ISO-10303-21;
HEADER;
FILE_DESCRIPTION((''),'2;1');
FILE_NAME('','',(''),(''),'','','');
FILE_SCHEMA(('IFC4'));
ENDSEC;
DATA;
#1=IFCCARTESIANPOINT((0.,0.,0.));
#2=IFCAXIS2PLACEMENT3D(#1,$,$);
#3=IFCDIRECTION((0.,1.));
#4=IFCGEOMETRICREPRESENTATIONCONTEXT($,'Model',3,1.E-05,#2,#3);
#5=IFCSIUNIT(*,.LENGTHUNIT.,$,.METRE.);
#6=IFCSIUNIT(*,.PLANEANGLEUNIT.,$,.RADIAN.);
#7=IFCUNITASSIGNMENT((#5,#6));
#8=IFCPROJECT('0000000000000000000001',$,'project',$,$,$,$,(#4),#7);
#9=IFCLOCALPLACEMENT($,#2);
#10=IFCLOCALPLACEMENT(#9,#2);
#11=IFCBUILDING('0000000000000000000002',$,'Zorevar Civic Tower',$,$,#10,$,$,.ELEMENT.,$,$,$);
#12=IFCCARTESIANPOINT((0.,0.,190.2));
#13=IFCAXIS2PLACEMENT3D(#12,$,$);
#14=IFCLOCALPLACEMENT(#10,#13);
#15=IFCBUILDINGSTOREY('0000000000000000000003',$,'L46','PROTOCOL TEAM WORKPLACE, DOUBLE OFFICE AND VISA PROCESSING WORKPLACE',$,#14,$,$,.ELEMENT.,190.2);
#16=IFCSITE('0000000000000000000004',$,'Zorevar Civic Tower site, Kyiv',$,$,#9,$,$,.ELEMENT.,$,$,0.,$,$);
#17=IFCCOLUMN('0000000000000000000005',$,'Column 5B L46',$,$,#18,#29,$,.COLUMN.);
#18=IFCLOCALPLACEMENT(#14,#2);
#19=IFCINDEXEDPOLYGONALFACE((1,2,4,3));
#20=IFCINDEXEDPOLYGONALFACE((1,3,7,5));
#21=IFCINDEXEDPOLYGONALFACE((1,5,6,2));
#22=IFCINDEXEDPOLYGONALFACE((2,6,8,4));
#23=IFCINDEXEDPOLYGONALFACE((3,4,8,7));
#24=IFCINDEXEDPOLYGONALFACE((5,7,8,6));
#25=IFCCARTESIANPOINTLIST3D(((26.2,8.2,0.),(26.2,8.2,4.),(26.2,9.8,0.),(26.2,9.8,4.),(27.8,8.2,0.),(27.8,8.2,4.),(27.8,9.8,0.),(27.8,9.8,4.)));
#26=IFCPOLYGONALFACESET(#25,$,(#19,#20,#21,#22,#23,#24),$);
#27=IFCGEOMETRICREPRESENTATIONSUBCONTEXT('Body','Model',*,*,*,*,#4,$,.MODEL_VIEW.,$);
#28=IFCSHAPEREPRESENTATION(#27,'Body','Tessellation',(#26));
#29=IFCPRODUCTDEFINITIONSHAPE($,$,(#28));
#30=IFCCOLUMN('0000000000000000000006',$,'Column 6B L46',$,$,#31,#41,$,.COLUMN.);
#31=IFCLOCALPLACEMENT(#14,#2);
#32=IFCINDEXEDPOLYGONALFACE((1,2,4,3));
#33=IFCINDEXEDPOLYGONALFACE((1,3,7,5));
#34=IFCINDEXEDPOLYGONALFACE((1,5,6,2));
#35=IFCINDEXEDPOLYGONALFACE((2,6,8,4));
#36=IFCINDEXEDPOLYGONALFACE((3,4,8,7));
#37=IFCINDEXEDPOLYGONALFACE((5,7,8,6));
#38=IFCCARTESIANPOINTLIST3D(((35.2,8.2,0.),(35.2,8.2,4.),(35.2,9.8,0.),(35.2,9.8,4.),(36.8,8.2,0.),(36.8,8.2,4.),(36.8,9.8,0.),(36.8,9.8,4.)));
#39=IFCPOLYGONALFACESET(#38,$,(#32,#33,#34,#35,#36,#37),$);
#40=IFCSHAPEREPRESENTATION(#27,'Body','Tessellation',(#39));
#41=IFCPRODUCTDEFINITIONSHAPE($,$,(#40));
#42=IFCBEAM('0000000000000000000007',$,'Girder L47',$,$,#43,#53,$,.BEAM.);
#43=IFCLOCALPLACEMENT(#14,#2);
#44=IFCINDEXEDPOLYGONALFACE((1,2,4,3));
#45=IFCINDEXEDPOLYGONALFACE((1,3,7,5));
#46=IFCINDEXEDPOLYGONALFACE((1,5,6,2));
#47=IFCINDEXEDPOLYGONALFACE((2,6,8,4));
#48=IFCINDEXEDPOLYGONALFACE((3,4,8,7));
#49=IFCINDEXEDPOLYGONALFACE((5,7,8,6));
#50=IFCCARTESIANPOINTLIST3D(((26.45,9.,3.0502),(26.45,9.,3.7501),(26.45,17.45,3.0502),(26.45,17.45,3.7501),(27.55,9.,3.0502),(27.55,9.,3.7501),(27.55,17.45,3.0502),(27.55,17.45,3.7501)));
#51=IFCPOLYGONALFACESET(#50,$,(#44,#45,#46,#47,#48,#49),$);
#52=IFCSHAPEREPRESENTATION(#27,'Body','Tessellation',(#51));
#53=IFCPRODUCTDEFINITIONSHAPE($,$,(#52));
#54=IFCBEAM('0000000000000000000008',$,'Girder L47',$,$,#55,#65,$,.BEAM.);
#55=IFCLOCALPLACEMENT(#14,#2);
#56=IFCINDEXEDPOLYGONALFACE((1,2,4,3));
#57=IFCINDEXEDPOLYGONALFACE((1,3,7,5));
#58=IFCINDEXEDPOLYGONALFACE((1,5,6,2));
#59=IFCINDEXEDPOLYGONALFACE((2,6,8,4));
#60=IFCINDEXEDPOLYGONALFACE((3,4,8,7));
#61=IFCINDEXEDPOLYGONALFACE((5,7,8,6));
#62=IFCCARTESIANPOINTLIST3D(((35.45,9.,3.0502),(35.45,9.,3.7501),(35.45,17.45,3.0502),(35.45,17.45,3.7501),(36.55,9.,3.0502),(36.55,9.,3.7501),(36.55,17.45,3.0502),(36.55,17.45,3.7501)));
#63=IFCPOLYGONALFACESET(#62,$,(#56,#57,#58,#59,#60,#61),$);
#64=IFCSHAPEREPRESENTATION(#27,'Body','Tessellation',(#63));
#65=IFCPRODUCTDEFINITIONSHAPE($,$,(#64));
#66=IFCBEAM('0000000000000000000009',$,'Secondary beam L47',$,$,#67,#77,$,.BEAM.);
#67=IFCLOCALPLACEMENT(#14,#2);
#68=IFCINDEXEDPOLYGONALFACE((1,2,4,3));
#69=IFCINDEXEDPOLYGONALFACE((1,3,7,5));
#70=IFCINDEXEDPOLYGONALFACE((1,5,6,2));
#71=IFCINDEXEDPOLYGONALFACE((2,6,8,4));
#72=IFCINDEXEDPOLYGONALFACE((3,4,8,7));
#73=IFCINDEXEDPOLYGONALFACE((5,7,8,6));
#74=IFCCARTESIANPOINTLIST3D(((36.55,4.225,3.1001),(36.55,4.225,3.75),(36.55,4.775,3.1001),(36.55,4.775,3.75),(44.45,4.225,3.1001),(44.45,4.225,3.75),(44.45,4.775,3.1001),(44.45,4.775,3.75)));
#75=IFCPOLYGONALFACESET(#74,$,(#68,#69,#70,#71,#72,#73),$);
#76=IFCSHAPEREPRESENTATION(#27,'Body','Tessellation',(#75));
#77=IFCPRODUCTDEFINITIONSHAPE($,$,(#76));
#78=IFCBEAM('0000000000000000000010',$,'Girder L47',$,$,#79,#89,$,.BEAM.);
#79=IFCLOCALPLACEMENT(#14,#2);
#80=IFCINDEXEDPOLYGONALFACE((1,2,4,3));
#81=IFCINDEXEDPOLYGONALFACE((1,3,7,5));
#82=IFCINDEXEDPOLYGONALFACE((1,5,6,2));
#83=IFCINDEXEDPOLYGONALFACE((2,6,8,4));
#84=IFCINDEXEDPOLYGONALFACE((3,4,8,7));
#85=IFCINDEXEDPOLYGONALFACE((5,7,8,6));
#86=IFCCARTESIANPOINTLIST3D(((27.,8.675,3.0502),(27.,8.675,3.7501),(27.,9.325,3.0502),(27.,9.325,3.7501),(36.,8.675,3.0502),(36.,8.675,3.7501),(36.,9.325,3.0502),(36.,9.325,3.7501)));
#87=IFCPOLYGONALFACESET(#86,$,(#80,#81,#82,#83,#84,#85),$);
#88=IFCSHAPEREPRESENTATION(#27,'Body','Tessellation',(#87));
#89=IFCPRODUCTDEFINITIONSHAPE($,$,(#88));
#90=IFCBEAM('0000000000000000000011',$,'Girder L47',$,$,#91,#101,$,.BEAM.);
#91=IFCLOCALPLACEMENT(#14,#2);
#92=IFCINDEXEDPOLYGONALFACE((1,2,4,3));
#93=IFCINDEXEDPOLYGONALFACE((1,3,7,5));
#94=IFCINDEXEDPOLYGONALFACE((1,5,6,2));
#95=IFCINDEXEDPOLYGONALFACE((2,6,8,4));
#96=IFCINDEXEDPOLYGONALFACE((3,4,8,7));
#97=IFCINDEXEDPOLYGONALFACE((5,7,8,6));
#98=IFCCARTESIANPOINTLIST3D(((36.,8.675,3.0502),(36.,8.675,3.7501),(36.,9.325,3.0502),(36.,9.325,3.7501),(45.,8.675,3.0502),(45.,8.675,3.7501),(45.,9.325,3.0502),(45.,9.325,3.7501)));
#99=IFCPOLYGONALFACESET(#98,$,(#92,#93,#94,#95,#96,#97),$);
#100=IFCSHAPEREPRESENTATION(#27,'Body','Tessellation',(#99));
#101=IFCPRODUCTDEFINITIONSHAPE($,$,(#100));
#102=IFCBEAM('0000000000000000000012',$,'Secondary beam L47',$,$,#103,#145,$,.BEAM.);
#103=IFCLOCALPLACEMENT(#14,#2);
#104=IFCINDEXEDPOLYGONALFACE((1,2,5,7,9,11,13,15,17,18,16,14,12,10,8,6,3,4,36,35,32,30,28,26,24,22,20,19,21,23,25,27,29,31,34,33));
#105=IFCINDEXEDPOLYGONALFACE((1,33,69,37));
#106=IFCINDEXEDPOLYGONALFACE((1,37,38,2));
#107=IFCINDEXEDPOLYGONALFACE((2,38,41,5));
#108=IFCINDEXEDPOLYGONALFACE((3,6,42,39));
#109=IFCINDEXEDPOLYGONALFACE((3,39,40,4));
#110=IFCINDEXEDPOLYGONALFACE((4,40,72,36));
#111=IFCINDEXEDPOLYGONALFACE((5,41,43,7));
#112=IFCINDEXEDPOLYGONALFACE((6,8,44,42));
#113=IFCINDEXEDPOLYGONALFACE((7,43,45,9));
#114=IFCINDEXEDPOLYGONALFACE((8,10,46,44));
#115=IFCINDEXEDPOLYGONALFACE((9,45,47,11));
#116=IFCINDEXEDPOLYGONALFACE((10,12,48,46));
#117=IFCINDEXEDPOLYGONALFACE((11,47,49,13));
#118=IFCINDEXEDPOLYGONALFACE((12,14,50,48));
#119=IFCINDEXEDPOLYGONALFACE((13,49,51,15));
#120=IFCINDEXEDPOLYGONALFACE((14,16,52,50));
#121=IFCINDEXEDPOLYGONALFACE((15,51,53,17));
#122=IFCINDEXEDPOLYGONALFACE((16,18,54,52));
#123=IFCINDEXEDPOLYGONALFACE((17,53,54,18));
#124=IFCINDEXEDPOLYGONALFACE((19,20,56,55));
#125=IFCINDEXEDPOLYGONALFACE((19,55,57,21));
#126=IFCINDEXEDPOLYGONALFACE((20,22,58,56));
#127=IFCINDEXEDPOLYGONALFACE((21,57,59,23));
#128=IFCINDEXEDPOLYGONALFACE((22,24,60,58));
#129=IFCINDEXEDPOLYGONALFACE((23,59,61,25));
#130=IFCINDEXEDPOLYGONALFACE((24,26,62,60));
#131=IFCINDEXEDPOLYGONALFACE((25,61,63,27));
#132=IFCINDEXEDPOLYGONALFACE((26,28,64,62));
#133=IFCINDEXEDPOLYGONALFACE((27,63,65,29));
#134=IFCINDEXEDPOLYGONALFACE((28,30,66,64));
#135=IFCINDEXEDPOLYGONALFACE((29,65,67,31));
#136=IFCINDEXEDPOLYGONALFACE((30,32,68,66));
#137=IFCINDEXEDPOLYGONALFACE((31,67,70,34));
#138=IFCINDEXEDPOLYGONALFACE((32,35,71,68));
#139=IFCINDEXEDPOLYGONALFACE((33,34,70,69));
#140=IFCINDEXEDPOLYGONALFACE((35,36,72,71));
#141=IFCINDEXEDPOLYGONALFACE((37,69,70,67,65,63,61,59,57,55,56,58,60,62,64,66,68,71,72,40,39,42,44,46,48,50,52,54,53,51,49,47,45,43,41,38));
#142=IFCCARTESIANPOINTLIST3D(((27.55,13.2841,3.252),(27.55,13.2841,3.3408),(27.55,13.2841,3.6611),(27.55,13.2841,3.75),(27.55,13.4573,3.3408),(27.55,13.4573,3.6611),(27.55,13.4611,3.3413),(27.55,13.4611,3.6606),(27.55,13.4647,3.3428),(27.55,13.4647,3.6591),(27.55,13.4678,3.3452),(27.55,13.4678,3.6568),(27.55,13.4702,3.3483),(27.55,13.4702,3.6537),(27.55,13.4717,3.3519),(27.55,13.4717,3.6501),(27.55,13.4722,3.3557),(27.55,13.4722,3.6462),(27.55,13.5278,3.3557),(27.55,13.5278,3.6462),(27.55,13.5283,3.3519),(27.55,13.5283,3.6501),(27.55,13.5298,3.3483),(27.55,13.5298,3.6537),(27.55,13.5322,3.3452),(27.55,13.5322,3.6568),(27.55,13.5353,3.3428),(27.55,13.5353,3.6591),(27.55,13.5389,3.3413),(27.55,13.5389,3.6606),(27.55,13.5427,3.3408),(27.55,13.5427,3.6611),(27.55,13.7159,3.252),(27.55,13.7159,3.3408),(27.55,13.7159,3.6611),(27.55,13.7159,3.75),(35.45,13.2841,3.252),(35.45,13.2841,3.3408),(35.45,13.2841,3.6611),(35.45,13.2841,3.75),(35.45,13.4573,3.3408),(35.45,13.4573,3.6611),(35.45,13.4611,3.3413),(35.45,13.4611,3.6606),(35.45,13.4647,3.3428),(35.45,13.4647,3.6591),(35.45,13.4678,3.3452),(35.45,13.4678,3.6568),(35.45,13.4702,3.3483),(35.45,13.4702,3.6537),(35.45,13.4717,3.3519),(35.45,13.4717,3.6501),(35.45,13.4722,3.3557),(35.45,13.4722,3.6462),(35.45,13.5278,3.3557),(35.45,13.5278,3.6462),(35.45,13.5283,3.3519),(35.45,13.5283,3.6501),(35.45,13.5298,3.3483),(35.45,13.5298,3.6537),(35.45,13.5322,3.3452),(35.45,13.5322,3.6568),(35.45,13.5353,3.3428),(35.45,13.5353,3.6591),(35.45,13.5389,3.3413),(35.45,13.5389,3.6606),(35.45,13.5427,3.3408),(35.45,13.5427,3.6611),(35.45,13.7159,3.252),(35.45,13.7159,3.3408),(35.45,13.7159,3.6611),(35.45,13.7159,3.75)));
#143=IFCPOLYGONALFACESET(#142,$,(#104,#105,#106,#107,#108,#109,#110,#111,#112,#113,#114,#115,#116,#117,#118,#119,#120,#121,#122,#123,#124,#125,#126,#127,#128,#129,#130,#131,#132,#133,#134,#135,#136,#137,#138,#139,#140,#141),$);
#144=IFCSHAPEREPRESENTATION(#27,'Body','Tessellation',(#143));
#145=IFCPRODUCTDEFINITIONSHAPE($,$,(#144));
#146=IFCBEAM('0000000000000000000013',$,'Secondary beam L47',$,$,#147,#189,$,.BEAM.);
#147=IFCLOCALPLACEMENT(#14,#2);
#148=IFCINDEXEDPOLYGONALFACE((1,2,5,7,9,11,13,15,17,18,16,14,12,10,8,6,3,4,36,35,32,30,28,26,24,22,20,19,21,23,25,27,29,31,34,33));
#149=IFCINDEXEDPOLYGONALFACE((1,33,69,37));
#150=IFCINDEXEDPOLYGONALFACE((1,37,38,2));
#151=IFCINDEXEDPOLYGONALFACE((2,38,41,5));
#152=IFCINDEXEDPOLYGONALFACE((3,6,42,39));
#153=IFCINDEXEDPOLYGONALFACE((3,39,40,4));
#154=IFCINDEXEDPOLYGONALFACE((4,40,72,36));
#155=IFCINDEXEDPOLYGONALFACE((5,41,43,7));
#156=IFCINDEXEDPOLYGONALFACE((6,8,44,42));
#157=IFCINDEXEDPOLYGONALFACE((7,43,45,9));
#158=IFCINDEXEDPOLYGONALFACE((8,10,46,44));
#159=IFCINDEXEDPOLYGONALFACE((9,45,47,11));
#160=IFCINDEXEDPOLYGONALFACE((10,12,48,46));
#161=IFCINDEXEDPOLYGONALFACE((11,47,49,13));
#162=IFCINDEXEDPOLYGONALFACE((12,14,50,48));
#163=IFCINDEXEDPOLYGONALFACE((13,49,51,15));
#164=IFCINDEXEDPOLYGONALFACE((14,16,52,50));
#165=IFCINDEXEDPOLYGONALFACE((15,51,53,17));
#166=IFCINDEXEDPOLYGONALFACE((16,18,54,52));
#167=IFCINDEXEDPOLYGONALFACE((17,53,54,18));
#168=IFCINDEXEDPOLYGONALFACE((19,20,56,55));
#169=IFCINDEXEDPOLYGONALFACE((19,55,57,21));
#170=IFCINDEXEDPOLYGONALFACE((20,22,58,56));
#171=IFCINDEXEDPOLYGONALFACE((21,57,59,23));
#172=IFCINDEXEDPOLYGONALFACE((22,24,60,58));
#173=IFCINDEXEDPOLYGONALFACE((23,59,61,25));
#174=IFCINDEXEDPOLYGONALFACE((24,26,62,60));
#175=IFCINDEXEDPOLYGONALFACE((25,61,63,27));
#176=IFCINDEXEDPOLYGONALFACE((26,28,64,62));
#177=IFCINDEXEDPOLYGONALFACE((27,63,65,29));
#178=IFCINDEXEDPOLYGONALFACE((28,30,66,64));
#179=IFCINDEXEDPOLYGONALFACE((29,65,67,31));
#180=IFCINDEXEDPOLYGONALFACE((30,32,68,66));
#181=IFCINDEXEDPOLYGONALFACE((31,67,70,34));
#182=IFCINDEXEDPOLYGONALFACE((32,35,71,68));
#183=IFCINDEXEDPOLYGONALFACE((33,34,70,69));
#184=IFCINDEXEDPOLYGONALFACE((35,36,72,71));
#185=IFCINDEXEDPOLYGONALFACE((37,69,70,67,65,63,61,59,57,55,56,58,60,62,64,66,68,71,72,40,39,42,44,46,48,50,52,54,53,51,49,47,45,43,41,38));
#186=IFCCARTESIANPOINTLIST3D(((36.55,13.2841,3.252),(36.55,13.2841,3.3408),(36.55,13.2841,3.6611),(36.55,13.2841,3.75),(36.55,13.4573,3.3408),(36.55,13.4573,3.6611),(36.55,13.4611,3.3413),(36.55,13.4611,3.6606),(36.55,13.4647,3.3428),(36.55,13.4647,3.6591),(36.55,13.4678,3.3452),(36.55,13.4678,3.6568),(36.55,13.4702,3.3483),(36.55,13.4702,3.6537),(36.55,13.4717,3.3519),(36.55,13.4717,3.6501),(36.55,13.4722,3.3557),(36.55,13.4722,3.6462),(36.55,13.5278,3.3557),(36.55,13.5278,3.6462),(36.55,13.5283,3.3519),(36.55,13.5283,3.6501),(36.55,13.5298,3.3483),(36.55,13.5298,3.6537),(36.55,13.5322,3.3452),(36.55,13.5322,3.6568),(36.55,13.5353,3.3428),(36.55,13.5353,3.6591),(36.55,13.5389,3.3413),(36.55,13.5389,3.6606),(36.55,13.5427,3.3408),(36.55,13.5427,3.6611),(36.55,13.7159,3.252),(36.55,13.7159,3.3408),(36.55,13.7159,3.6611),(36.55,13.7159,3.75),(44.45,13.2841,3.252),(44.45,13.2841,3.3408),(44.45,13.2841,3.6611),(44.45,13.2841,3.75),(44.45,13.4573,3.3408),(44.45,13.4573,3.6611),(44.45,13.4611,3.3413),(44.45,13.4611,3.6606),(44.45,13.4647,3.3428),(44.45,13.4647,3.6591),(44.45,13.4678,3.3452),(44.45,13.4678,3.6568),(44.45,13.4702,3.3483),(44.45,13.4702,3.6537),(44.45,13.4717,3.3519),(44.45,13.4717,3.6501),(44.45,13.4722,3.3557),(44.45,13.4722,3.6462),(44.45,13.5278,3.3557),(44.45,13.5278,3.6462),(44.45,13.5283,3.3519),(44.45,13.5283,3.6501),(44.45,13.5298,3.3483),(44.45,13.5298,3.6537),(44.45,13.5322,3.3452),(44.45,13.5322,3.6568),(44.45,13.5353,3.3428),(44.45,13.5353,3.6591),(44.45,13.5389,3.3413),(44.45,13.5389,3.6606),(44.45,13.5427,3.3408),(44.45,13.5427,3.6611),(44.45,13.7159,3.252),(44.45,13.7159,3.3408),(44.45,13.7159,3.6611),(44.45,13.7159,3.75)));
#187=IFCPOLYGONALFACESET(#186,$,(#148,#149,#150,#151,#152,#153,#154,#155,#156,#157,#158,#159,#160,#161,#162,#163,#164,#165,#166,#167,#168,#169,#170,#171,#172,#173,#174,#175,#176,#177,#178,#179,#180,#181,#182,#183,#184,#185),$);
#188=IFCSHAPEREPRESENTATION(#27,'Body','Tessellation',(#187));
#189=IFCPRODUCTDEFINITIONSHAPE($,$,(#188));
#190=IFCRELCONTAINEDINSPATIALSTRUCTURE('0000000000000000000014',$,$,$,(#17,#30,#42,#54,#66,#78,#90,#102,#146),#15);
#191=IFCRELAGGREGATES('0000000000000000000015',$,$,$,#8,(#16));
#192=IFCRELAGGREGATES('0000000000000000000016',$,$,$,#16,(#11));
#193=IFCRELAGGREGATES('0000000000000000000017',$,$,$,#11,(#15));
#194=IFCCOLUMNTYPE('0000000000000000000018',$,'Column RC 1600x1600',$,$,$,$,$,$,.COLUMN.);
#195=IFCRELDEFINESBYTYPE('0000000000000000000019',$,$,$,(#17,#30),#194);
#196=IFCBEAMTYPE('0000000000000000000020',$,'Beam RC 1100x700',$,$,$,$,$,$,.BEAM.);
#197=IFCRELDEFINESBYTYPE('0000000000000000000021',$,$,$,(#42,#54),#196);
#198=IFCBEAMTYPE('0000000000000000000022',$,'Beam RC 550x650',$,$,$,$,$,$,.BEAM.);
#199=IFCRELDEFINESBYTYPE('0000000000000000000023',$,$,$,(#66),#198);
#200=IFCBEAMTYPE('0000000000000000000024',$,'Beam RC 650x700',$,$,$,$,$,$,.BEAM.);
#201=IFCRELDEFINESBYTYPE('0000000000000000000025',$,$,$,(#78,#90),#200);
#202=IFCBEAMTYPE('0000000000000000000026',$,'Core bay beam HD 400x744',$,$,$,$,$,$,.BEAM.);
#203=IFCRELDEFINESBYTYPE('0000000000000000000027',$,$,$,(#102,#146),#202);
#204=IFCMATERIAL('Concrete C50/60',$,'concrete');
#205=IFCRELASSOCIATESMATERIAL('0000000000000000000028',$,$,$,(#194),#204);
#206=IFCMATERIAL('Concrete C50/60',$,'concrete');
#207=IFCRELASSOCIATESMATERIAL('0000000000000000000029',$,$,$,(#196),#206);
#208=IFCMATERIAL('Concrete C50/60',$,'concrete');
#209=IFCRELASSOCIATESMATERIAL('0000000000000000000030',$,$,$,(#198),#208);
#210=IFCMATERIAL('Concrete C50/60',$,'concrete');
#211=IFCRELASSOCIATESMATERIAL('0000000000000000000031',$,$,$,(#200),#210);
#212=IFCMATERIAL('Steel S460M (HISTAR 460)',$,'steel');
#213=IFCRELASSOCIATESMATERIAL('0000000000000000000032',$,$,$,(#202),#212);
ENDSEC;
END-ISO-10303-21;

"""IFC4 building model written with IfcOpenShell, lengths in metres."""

from ifc_helpers import new_model, si_unit, direction, frame, origin, origin_2d, place, context, subcontext, project, spatial, rectangle, i_section, extrude, material, material_profile, profile_set, type_object, element, save


model = new_model("IFC4")

# Units and contexts
model_context = context("Model", 3, precision=1e-05, world=origin(), true_north=direction((0.0, 1.0)))
body_context = subcontext(model_context, "Body", "Model", "MODEL_VIEW")
ifc_project = project(units=[si_unit("LENGTHUNIT", "METRE"), si_unit("PLANEANGLEUNIT", "RADIAN")], contexts=[model_context])

# Site, building, storey
site_placement = place(None, origin())
site = spatial("IfcSite", under=ifc_project, at=site_placement, Name="Zorevar Civic Tower site, Kyiv", CompositionType="ELEMENT", RefElevation=0.0)
building_placement = place(site_placement, origin())
building = spatial("IfcBuilding", under=site, at=building_placement, Name="Zorevar Civic Tower", CompositionType="ELEMENT")
storey_placement = place(building_placement, frame((0.0, 0.0, 190.2)))
storey = spatial("IfcBuildingStorey", under=building, at=storey_placement, Name="L46", Description="PROTOCOL TEAM WORKPLACE, DOUBLE OFFICE AND VISA PROCESSING WORKPLACE", CompositionType="ELEMENT", Elevation=190.2)

# Columns
ifc_material_1 = material(Name="Concrete C50/60", Category="concrete")
ifc_material_profile_1 = material_profile(ifc_material_1, rectangle(XDim=1.6001, YDim=1.6001, at=origin_2d()), Name="RC 1600x1600")
ifc_profile_set_1 = profile_set([ifc_material_profile_1], Name="Concrete C50/60")
column_type = type_object("IfcColumnType", Name="Column RC 1600x1600", PredefinedType="COLUMN", material=ifc_profile_set_1)
for number, where, z_axis, x_axis, name in (
    (1, (27.0, 9.0, 0.0), (0.0, 0.0, 1.0), (1.0, 0.0, 0.0), "Column 5B L46"),
    (2, (36.0, 9.0, 0.0), (0.0, 0.0, 1.0), (1.0, 0.0, 0.0), "Column 6B L46"),
):
    element("IfcColumn", number, at=place(storey_placement, frame(where, z_axis=z_axis, x_axis=x_axis)), inside=storey, type_object=column_type, Name=name, PredefinedType="COLUMN", context=body_context, shape_type="SweptSolid", body=[
        extrude(rectangle(XDim=1.6001, YDim=1.6001, at=origin_2d()), origin(), (0.0, 0.0, 1.0), 4.0),
    ])

# Beams
ifc_material_2 = material(Name="Concrete C50/60", Category="concrete")
ifc_material_profile_2 = material_profile(ifc_material_2, rectangle(XDim=1.1001, YDim=0.7, at=origin_2d()), Name="RC 1100x700")
ifc_profile_set_2 = profile_set([ifc_material_profile_2], Name="Concrete C50/60")
beam_type_1 = type_object("IfcBeamType", Name="Beam RC 1100x700", PredefinedType="BEAM", material=ifc_profile_set_2)
for number, where, z_axis, x_axis, name in (
    (3, (27.0, 9.0, 3.4001), (0.0, 1.0, 0.0), (-1.0, 0.0, 0.0), "Girder L47"),
    (4, (36.0, 9.0, 3.4001), (0.0, 1.0, 0.0), (-1.0, 0.0, 0.0), "Girder L47"),
):
    element("IfcBeam", number, at=place(storey_placement, frame(where, z_axis=z_axis, x_axis=x_axis)), inside=storey, type_object=beam_type_1, Name=name, PredefinedType="BEAM", context=body_context, shape_type="SweptSolid", body=[
        extrude(rectangle(XDim=1.1001, YDim=0.7, at=origin_2d()), origin(), (0.0, 0.0, 1.0), 8.45),
    ])
ifc_material_3 = material(Name="Concrete C50/60", Category="concrete")
ifc_material_profile_3 = material_profile(ifc_material_3, rectangle(XDim=0.55, YDim=0.6499, at=origin_2d()), Name="RC 550x650")
ifc_profile_set_3 = profile_set([ifc_material_profile_3], Name="Concrete C50/60")
beam_type_2 = type_object("IfcBeamType", Name="Beam RC 550x650", PredefinedType="BEAM", material=ifc_profile_set_3)
beam_placement = place(storey_placement, frame((36.55, 4.5, 3.425), z_axis=(1.0, 0.0, 0.0), x_axis=(0.0, 1.0, 0.0)))
element("IfcBeam", 5, at=beam_placement, inside=storey, type_object=beam_type_2, Name="Secondary beam L47", PredefinedType="BEAM", context=body_context, shape_type="SweptSolid", body=[
    extrude(rectangle(XDim=0.55, YDim=0.6499, at=origin_2d()), origin(), (0.0, 0.0, 1.0), 7.8999),
])
ifc_material_4 = material(Name="Concrete C50/60", Category="concrete")
ifc_material_profile_4 = material_profile(ifc_material_4, rectangle(XDim=0.6499, YDim=0.7, at=origin_2d()), Name="RC 650x700")
ifc_profile_set_4 = profile_set([ifc_material_profile_4], Name="Concrete C50/60")
beam_type_3 = type_object("IfcBeamType", Name="Beam RC 650x700", PredefinedType="BEAM", material=ifc_profile_set_4)
for number, where, z_axis, x_axis, name in (
    (6, (27.0, 9.0, 3.4001), (1.0, 0.0, 0.0), (0.0, 1.0, 0.0), "Girder L47"),
    (7, (36.0, 9.0, 3.4001), (1.0, 0.0, 0.0), (0.0, 1.0, 0.0), "Girder L47"),
):
    element("IfcBeam", number, at=place(storey_placement, frame(where, z_axis=z_axis, x_axis=x_axis)), inside=storey, type_object=beam_type_3, Name=name, PredefinedType="BEAM", context=body_context, shape_type="SweptSolid", body=[
        extrude(rectangle(XDim=0.6499, YDim=0.7, at=origin_2d()), origin(), (0.0, 0.0, 1.0), 9.0),
    ])
ifc_material_5 = material(Name="Steel S460M (HISTAR 460)", Category="steel")
ifc_material_profile_5 = material_profile(ifc_material_5, i_section(OverallWidth=0.4319, OverallDepth=0.498, WebThickness=0.0557, FlangeThickness=0.0889, FilletRadius=0.0149, at=origin_2d()), Name="HD 400x744")
ifc_profile_set_5 = profile_set([ifc_material_profile_5], Name="Steel S460M (HISTAR 460)")
beam_type_4 = type_object("IfcBeamType", Name="Core bay beam HD 400x744", PredefinedType="BEAM", material=ifc_profile_set_5)
for number, where, z_axis, x_axis, name in (
    (8, (27.55, 13.5, 3.501), (1.0, 0.0, 0.0), (0.0, 1.0, 0.0), "Secondary beam L47"),
    (9, (36.55, 13.5, 3.501), (1.0, 0.0, 0.0), (0.0, 1.0, 0.0), "Secondary beam L47"),
):
    element("IfcBeam", number, at=place(storey_placement, frame(where, z_axis=z_axis, x_axis=x_axis)), inside=storey, type_object=beam_type_4, Name=name, PredefinedType="BEAM", context=body_context, shape_type="SweptSolid", body=[
        extrude(i_section(OverallWidth=0.4319, OverallDepth=0.498, WebThickness=0.0557, FlangeThickness=0.0889, FilletRadius=0.0149, at=origin_2d()), origin(), (0.0, 0.0, 1.0), 7.8999),
    ])

save(model, "model.ifc")
